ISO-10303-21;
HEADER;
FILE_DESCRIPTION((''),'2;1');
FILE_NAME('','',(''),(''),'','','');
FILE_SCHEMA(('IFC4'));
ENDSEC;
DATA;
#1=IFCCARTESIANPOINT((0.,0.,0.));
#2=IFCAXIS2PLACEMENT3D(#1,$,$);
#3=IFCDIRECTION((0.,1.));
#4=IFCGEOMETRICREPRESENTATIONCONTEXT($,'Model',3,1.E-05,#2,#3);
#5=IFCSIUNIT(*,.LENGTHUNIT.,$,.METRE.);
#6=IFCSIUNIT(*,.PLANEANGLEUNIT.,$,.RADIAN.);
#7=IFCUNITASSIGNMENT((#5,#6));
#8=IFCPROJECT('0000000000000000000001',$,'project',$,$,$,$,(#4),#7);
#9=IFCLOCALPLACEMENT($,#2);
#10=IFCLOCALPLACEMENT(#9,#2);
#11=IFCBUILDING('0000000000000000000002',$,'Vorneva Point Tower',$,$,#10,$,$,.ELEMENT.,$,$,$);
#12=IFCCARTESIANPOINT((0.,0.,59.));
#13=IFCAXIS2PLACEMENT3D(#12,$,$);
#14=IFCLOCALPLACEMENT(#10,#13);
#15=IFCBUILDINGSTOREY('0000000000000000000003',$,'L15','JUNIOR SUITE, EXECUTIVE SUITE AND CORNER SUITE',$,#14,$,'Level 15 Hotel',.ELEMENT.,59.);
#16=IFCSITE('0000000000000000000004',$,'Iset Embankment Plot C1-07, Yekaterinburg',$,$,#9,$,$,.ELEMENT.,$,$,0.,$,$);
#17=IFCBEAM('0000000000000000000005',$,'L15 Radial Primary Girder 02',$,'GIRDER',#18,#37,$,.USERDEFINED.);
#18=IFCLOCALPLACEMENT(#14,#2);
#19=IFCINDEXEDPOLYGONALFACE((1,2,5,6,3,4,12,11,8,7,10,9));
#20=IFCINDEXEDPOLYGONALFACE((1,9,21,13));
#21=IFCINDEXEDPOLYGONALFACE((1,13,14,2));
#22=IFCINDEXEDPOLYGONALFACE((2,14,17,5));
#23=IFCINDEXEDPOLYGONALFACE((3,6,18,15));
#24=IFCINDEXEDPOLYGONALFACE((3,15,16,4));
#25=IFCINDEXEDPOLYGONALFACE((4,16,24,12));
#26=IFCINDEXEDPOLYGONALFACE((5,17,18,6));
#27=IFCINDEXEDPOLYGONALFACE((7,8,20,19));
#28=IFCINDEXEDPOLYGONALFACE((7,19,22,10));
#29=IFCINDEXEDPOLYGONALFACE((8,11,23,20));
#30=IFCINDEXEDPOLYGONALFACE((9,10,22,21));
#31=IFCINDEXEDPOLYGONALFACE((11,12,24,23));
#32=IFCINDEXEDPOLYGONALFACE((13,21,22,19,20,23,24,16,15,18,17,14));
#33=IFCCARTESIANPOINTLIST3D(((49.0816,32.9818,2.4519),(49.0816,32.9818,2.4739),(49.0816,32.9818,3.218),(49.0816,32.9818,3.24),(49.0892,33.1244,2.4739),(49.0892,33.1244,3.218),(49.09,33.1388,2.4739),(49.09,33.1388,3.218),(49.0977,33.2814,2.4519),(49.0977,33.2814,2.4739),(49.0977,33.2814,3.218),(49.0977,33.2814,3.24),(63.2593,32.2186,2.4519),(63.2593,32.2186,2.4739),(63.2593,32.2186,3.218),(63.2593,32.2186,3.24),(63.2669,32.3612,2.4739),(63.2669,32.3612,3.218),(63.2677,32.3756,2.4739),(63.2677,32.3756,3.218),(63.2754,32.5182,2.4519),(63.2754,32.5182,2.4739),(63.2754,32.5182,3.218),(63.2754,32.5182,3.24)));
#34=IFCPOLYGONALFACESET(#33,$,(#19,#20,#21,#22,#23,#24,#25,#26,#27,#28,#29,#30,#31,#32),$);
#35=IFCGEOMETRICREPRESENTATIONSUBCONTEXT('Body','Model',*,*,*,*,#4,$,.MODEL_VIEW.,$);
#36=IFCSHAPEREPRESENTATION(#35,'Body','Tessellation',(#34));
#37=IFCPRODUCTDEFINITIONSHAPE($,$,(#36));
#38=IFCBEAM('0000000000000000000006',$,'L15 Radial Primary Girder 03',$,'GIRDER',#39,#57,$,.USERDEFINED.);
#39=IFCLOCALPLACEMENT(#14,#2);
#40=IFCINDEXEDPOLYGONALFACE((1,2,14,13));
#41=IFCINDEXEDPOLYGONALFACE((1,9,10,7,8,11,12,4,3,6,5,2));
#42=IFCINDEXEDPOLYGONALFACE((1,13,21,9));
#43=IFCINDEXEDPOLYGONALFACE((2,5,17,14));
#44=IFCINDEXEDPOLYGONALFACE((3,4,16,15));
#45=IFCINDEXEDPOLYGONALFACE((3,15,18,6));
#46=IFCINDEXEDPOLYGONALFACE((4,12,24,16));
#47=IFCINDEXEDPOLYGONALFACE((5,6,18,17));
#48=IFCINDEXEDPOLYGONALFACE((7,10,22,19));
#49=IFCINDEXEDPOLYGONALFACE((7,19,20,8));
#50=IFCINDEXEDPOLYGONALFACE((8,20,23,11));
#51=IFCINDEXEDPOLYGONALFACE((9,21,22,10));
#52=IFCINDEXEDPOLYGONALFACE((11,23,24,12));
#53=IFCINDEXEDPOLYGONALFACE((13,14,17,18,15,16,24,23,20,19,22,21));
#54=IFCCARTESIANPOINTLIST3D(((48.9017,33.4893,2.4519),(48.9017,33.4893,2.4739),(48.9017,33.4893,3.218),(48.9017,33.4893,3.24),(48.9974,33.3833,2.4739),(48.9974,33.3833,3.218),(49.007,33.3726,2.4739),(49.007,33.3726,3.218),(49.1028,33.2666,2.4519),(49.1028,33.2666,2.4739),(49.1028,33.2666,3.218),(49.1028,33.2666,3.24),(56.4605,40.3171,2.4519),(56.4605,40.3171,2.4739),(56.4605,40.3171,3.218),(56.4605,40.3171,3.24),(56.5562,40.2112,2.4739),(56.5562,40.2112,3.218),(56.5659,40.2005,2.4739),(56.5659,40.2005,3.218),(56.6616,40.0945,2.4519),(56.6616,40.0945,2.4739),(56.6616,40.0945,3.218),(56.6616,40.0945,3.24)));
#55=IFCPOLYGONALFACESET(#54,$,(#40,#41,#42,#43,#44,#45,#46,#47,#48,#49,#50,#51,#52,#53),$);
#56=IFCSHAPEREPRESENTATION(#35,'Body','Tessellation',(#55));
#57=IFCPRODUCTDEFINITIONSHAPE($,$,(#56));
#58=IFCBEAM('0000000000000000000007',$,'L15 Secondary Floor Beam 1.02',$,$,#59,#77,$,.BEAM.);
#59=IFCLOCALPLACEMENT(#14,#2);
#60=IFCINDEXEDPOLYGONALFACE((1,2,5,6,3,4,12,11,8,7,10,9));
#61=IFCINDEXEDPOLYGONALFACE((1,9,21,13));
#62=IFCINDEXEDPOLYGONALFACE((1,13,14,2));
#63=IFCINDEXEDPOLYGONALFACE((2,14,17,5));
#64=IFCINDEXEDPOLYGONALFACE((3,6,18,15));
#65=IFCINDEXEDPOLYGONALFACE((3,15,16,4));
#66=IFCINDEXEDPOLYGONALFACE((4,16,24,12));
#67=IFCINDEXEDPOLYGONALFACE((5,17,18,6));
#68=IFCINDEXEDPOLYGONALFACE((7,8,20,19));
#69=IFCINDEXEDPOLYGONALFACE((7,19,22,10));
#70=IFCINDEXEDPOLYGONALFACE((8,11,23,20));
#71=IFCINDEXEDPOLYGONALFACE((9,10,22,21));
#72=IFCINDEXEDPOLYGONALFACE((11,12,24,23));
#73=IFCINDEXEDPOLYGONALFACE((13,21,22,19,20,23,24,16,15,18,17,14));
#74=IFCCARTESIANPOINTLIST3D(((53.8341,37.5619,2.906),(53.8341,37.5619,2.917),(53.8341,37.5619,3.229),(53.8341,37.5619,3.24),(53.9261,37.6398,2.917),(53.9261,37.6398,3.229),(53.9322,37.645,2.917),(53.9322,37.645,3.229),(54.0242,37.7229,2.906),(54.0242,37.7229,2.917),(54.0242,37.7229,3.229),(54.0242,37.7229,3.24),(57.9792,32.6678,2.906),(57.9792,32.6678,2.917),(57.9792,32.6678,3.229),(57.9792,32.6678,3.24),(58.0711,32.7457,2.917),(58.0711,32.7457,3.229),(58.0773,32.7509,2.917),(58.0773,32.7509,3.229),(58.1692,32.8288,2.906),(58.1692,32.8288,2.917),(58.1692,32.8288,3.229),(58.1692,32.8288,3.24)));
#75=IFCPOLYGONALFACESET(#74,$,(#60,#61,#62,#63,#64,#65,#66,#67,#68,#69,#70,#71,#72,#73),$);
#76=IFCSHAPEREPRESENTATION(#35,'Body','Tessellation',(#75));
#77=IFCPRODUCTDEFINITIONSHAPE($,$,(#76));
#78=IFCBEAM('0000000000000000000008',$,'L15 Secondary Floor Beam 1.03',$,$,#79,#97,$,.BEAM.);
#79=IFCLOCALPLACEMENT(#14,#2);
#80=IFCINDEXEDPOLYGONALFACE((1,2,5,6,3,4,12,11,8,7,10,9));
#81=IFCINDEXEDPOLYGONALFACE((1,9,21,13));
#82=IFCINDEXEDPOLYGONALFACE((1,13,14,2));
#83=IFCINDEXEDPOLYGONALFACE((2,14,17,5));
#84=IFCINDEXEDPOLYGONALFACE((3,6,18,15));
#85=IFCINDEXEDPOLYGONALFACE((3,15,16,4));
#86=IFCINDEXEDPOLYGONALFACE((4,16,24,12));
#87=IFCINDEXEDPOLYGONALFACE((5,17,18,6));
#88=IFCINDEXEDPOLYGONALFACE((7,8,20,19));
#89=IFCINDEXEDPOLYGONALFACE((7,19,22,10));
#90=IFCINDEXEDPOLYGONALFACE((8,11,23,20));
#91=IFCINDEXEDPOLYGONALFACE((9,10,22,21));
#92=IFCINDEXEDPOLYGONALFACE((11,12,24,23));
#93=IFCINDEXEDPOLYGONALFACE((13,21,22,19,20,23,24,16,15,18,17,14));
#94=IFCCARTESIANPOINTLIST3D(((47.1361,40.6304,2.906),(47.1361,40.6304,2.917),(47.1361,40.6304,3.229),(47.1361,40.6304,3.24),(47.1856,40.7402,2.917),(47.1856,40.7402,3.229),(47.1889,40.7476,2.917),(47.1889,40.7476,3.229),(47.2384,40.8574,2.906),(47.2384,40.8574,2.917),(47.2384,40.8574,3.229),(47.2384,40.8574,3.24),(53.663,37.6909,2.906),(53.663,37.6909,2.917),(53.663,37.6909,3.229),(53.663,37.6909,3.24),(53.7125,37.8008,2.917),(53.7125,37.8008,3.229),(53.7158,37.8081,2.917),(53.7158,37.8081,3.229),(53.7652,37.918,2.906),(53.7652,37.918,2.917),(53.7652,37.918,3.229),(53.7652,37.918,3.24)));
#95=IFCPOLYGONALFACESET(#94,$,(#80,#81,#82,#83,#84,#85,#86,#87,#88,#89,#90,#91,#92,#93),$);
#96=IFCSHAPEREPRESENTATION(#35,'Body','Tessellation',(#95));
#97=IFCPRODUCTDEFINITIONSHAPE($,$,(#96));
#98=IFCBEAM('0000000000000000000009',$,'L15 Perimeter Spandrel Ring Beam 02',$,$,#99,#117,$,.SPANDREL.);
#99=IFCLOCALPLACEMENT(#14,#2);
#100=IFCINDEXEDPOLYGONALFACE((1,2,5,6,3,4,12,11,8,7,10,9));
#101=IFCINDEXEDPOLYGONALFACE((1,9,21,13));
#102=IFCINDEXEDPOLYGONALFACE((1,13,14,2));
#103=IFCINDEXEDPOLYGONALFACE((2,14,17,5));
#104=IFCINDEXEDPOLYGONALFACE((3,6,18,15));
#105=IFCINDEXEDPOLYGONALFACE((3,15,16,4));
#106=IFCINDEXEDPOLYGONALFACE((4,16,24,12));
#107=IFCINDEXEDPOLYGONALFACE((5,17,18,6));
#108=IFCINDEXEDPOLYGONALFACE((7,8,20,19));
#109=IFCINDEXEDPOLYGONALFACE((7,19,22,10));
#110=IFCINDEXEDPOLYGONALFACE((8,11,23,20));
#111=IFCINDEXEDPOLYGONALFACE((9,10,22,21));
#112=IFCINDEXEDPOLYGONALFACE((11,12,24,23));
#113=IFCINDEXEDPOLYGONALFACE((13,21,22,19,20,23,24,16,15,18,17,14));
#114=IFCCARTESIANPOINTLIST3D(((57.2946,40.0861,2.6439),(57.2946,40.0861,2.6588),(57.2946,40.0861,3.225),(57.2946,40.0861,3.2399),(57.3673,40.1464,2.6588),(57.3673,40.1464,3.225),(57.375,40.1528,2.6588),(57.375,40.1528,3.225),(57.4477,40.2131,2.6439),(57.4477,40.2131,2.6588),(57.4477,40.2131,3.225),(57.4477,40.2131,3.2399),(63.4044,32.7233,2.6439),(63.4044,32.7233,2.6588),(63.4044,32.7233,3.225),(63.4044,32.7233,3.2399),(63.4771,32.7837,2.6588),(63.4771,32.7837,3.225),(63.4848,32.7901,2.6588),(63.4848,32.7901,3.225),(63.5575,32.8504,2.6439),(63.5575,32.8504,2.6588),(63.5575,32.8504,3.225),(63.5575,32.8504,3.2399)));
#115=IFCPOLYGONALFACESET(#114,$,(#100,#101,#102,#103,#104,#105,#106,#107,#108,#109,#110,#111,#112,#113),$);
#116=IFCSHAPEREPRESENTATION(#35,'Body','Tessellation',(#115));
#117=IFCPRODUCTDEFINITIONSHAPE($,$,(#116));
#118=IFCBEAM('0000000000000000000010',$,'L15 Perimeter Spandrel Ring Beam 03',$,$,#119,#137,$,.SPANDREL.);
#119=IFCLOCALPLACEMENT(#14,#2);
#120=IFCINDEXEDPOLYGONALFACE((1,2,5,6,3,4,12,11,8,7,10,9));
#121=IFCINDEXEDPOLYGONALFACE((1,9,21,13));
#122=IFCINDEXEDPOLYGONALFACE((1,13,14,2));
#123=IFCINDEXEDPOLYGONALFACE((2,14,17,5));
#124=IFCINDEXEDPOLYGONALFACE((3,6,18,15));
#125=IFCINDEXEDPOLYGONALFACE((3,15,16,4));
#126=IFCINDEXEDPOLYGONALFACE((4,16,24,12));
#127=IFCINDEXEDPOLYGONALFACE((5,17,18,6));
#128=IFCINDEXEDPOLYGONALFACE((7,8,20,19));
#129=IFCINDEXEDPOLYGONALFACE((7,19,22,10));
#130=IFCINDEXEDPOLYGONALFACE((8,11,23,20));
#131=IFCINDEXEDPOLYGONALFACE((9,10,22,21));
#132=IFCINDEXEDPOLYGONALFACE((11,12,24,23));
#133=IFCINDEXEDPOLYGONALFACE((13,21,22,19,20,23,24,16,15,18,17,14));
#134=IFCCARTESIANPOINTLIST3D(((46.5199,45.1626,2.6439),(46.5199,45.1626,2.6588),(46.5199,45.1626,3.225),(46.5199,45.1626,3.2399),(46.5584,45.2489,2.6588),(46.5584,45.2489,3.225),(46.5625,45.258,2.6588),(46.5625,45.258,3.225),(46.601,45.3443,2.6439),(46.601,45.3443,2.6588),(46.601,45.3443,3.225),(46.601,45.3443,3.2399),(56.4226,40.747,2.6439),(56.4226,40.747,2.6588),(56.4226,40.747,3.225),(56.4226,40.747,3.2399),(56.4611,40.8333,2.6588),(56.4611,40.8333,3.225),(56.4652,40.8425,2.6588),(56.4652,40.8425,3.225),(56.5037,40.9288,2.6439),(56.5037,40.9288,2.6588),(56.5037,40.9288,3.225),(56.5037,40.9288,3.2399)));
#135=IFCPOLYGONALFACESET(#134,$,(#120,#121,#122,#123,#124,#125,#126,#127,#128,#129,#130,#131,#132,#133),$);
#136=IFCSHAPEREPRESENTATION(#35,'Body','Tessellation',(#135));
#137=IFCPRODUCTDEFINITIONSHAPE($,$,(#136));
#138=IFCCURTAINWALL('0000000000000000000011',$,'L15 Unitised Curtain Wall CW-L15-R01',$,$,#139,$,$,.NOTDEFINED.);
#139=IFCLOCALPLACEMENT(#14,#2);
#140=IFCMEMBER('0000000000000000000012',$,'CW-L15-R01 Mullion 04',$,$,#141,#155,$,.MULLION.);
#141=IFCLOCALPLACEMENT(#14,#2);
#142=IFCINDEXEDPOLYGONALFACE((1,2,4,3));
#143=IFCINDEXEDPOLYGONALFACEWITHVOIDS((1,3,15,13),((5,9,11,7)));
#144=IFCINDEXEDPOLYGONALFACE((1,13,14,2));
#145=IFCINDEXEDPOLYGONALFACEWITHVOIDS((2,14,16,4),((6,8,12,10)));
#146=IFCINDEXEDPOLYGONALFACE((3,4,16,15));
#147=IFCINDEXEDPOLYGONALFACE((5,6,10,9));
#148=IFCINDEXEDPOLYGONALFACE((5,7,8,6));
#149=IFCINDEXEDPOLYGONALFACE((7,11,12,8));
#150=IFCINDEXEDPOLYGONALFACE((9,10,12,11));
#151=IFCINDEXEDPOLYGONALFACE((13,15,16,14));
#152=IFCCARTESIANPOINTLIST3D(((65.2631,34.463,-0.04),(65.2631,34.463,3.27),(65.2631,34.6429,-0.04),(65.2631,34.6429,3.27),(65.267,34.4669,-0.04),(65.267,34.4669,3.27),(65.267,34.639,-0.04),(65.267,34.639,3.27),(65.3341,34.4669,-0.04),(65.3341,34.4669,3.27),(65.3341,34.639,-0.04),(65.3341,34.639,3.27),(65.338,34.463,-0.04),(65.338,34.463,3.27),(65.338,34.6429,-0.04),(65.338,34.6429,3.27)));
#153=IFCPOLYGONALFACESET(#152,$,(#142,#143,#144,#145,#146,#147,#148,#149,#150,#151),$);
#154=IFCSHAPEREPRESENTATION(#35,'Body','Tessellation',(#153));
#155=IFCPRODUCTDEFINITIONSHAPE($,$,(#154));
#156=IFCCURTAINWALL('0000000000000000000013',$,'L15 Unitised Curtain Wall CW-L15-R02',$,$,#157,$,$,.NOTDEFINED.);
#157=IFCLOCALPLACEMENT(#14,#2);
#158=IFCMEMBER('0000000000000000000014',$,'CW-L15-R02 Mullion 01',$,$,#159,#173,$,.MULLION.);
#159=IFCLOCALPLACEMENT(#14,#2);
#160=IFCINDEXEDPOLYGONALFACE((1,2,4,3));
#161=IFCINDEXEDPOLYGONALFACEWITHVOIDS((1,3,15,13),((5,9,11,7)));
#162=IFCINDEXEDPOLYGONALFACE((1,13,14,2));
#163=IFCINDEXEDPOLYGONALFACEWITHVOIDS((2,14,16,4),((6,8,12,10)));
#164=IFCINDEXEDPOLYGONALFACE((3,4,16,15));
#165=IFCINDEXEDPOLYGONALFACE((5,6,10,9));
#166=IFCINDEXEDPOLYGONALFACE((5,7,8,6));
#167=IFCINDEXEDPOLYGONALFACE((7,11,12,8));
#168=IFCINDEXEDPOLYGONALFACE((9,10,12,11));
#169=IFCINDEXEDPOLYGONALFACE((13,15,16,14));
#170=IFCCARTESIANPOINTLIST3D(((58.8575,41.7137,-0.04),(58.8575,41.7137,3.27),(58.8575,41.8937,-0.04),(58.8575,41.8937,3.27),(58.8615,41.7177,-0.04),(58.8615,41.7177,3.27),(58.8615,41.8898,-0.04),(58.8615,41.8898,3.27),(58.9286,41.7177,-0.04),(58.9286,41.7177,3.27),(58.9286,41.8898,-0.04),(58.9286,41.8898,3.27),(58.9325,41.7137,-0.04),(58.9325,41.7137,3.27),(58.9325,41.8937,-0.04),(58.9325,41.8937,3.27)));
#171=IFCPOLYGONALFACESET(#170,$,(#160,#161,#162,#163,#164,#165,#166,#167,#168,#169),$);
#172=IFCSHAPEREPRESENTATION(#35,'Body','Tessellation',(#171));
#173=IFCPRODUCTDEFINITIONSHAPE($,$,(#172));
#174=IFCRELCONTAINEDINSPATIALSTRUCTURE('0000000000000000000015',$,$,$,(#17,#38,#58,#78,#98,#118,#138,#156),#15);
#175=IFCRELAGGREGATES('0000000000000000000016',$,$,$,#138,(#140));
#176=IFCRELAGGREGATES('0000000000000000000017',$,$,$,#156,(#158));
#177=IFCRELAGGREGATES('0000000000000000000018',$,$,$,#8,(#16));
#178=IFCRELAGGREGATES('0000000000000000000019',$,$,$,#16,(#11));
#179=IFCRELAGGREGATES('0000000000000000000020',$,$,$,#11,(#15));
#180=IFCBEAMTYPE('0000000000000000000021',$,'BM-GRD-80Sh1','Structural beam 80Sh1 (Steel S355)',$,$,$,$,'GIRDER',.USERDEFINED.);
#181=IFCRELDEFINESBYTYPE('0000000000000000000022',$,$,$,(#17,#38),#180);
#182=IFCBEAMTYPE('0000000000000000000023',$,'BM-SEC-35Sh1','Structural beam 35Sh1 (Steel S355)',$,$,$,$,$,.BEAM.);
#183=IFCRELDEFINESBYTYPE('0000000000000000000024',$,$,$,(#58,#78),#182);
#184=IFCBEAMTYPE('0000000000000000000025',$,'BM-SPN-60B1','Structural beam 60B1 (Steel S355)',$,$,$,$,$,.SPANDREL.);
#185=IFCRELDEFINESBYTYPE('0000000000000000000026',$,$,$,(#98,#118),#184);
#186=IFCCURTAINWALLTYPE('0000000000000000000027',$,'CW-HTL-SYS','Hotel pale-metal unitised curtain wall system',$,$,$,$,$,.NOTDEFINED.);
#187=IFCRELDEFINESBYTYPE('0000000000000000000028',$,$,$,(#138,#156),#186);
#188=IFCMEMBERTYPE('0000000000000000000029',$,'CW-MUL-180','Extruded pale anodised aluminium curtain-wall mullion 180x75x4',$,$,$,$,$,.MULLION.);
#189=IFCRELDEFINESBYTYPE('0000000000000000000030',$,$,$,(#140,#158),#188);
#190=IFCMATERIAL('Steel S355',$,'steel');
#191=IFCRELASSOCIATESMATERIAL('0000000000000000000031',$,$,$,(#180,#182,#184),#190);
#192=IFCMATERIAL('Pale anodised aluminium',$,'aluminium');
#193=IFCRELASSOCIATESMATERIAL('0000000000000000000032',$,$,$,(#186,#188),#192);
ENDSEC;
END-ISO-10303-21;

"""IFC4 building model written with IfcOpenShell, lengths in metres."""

from ifc_helpers import new_model, si_unit, direction, frame, origin, origin_2d, place, context, subcontext, project, spatial, hollow_rectangle, i_section, extrude, material, material_profile, profile_set, type_object, element, aggregate, save


model = new_model("IFC4")

# Units and contexts
model_context = context("Model", 3, precision=1e-05, world=origin(), true_north=direction((0.0, 1.0)))
body_context = subcontext(model_context, "Body", "Model", "MODEL_VIEW")
ifc_project = project(units=[si_unit("LENGTHUNIT", "METRE"), si_unit("PLANEANGLEUNIT", "RADIAN")], contexts=[model_context])

# Site, building, storey
site_placement = place(None, origin())
site = spatial("IfcSite", under=ifc_project, at=site_placement, Name="Iset Embankment Plot C1-07, Yekaterinburg", CompositionType="ELEMENT", RefElevation=0.0)
building_placement = place(site_placement, origin())
building = spatial("IfcBuilding", under=site, at=building_placement, Name="Vorneva Point Tower", CompositionType="ELEMENT")
storey_placement = place(building_placement, frame((0.0, 0.0, 59.0)))
storey = spatial("IfcBuildingStorey", under=building, at=storey_placement, Name="L15", Description="JUNIOR SUITE, EXECUTIVE SUITE AND CORNER SUITE", LongName="Level 15 Hotel", CompositionType="ELEMENT", Elevation=59.0)

# Beams
ifc_material_1 = material(Name="Steel S355", Category="steel")
ifc_material_profile_1 = material_profile(ifc_material_1, i_section(OverallWidth=0.3, OverallDepth=0.7881, WebThickness=0.0144, FlangeThickness=0.022, at=origin_2d()), Name="80Sh1")
ifc_profile_set_1 = profile_set([ifc_material_profile_1], Name="Steel S355")
beam_type_1 = type_object("IfcBeamType", Name="BM-GRD-80Sh1", Description="Structural beam 80Sh1 (Steel S355)", ElementType="GIRDER", PredefinedType="USERDEFINED", material=ifc_profile_set_1)
beam_1_placement = place(storey_placement, frame((63.2673, 32.3684, 2.8459), z_axis=(-0.998554, 0.053752, 0.0), x_axis=(-0.053752, -0.998554, 0.0)))
element("IfcBeam", 1, at=beam_1_placement, inside=storey, type_object=beam_type_1, Name="L15 Radial Primary Girder 02", ObjectType="GIRDER", PredefinedType="USERDEFINED", context=body_context, shape_type="SweptSolid", body=[
    extrude(i_section(OverallWidth=0.3, OverallDepth=0.7881, WebThickness=0.0144, FlangeThickness=0.022, at=origin_2d()), origin(), (0.0, 0.0, 1.0), 14.1982),
])
beam_2_placement = place(storey_placement, frame((56.561, 40.2058, 2.8459), z_axis=(-0.742076, -0.670316, 0.0), x_axis=(0.670316, -0.742076, 0.0)))
element("IfcBeam", 2, at=beam_2_placement, inside=storey, type_object=beam_type_1, Name="L15 Radial Primary Girder 03", ObjectType="GIRDER", PredefinedType="USERDEFINED", context=body_context, shape_type="SweptSolid", body=[
    extrude(i_section(OverallWidth=0.3, OverallDepth=0.7881, WebThickness=0.0144, FlangeThickness=0.022, at=origin_2d()), origin(), (0.0, 0.0, 1.0), 10.186),
])
ifc_material_profile_2 = material_profile(ifc_material_1, i_section(OverallWidth=0.249, OverallDepth=0.334, WebThickness=0.0081, FlangeThickness=0.011, at=origin_2d()), Name="35Sh1")
ifc_profile_set_2 = profile_set([ifc_material_profile_2], Name="Steel S355")
beam_type_2 = type_object("IfcBeamType", Name="BM-SEC-35Sh1", Description="Structural beam 35Sh1 (Steel S355)", PredefinedType="BEAM", material=ifc_profile_set_2)
beam_3_placement = place(storey_placement, frame((58.0742, 32.7483, 3.073), z_axis=(-0.646297, 0.763086, 0.0), x_axis=(-0.763086, -0.646297, 0.0)))
element("IfcBeam", 3, at=beam_3_placement, inside=storey, type_object=beam_type_2, Name="L15 Secondary Floor Beam 1.02", PredefinedType="BEAM", context=body_context, shape_type="SweptSolid", body=[
    extrude(i_section(OverallWidth=0.249, OverallDepth=0.334, WebThickness=0.0081, FlangeThickness=0.011, at=origin_2d()), origin(), (0.0, 0.0, 1.0), 6.4136),
])
beam_4_placement = place(storey_placement, frame((53.7141, 37.8044, 3.073), z_axis=(-0.911798, 0.41064, 0.0), x_axis=(-0.41064, -0.911798, 0.0)))
element("IfcBeam", 4, at=beam_4_placement, inside=storey, type_object=beam_type_2, Name="L15 Secondary Floor Beam 1.03", PredefinedType="BEAM", context=body_context, shape_type="SweptSolid", body=[
    extrude(i_section(OverallWidth=0.249, OverallDepth=0.334, WebThickness=0.0081, FlangeThickness=0.011, at=origin_2d()), origin(), (0.0, 0.0, 1.0), 7.1582),
])
ifc_material_profile_3 = material_profile(ifc_material_1, i_section(OverallWidth=0.199, OverallDepth=0.5959, WebThickness=0.01, FlangeThickness=0.0149, at=origin_2d()), Name="60B1")
ifc_profile_set_3 = profile_set([ifc_material_profile_3], Name="Steel S355")
beam_type_3 = type_object("IfcBeamType", Name="BM-SPN-60B1", Description="Structural beam 60B1 (Steel S355)", PredefinedType="SPANDREL", material=ifc_profile_set_3)
beam_5_placement = place(storey_placement, frame((63.481, 32.7869, 2.9419), z_axis=(-0.638592, 0.769546, 0.0), x_axis=(-0.769546, -0.638592, 0.0)))
element("IfcBeam", 5, at=beam_5_placement, inside=storey, type_object=beam_type_3, Name="L15 Perimeter Spandrel Ring Beam 02", PredefinedType="SPANDREL", context=body_context, shape_type="SweptSolid", body=[
    extrude(i_section(OverallWidth=0.199, OverallDepth=0.5959, WebThickness=0.01, FlangeThickness=0.0149, at=origin_2d()), origin(), (0.0, 0.0, 1.0), 9.5676),
])
beam_6_placement = place(storey_placement, frame((56.4631, 40.8379, 2.9419), z_axis=(-0.913319, 0.407245, 0.0), x_axis=(-0.407245, -0.913319, 0.0)))
element("IfcBeam", 6, at=beam_6_placement, inside=storey, type_object=beam_type_3, Name="L15 Perimeter Spandrel Ring Beam 03", PredefinedType="SPANDREL", context=body_context, shape_type="SweptSolid", body=[
    extrude(i_section(OverallWidth=0.199, OverallDepth=0.5959, WebThickness=0.01, FlangeThickness=0.0149, at=origin_2d()), origin(), (0.0, 0.0, 1.0), 10.8425),
])

# Curtain wall, member
ifc_material_2 = material(Name="Pale anodised aluminium", Category="aluminium")
curtain_wall_type = type_object("IfcCurtainWallType", Name="CW-HTL-SYS", Description="Hotel pale-metal unitised curtain wall system", PredefinedType="NOTDEFINED", material=ifc_material_2)
curtain_wall_1_placement = place(storey_placement, origin())
curtain_wall_1 = element("IfcCurtainWall", 7, at=curtain_wall_1_placement, inside=storey, type_object=curtain_wall_type, Name="L15 Unitised Curtain Wall CW-L15-R01", PredefinedType="NOTDEFINED")
ifc_material_profile_4 = material_profile(ifc_material_2, hollow_rectangle(XDim=0.075, YDim=0.1799, WallThickness=0.0039, at=origin_2d()), Name="AL-MUL 180x75x4")
ifc_profile_set_4 = profile_set([ifc_material_profile_4], Name="Pale anodised aluminium")
member_type_1 = type_object("IfcMemberType", Name="CW-MUL-180", Description="Extruded pale anodised aluminium curtain-wall mullion 180x75x4", PredefinedType="MULLION", material=ifc_profile_set_4)
member_1_placement = place(storey_placement, frame((65.3005, 34.553, -0.04), z_axis=(0.0, 0.0, 1.0), x_axis=(1.0, 0.0, 0.0)))
member_1 = element("IfcMember", 8, at=member_1_placement, type_object=member_type_1, Name="CW-L15-R01 Mullion 04", PredefinedType="MULLION", context=body_context, shape_type="SweptSolid", body=[
    extrude(hollow_rectangle(XDim=0.075, YDim=0.1799, WallThickness=0.0039, at=origin_2d()), origin(), (0.0, 0.0, 1.0), 3.3101),
])

# Curtain wall, member
curtain_wall_2_placement = place(storey_placement, origin())
curtain_wall_2 = element("IfcCurtainWall", 9, at=curtain_wall_2_placement, inside=storey, type_object=curtain_wall_type, Name="L15 Unitised Curtain Wall CW-L15-R02", PredefinedType="NOTDEFINED")
member_2_placement = place(storey_placement, frame((58.895, 41.8037, -0.04), z_axis=(0.0, 0.0, 1.0), x_axis=(1.0, 0.0, 0.0)))
member_2 = element("IfcMember", 10, at=member_2_placement, type_object=member_type_1, Name="CW-L15-R02 Mullion 01", PredefinedType="MULLION", context=body_context, shape_type="SweptSolid", body=[
    extrude(hollow_rectangle(XDim=0.075, YDim=0.1799, WallThickness=0.0039, at=origin_2d()), origin(), (0.0, 0.0, 1.0), 3.3101),
])

aggregate(curtain_wall_1, [member_1])
aggregate(curtain_wall_2, [member_2])

save(model, "model.ifc")
